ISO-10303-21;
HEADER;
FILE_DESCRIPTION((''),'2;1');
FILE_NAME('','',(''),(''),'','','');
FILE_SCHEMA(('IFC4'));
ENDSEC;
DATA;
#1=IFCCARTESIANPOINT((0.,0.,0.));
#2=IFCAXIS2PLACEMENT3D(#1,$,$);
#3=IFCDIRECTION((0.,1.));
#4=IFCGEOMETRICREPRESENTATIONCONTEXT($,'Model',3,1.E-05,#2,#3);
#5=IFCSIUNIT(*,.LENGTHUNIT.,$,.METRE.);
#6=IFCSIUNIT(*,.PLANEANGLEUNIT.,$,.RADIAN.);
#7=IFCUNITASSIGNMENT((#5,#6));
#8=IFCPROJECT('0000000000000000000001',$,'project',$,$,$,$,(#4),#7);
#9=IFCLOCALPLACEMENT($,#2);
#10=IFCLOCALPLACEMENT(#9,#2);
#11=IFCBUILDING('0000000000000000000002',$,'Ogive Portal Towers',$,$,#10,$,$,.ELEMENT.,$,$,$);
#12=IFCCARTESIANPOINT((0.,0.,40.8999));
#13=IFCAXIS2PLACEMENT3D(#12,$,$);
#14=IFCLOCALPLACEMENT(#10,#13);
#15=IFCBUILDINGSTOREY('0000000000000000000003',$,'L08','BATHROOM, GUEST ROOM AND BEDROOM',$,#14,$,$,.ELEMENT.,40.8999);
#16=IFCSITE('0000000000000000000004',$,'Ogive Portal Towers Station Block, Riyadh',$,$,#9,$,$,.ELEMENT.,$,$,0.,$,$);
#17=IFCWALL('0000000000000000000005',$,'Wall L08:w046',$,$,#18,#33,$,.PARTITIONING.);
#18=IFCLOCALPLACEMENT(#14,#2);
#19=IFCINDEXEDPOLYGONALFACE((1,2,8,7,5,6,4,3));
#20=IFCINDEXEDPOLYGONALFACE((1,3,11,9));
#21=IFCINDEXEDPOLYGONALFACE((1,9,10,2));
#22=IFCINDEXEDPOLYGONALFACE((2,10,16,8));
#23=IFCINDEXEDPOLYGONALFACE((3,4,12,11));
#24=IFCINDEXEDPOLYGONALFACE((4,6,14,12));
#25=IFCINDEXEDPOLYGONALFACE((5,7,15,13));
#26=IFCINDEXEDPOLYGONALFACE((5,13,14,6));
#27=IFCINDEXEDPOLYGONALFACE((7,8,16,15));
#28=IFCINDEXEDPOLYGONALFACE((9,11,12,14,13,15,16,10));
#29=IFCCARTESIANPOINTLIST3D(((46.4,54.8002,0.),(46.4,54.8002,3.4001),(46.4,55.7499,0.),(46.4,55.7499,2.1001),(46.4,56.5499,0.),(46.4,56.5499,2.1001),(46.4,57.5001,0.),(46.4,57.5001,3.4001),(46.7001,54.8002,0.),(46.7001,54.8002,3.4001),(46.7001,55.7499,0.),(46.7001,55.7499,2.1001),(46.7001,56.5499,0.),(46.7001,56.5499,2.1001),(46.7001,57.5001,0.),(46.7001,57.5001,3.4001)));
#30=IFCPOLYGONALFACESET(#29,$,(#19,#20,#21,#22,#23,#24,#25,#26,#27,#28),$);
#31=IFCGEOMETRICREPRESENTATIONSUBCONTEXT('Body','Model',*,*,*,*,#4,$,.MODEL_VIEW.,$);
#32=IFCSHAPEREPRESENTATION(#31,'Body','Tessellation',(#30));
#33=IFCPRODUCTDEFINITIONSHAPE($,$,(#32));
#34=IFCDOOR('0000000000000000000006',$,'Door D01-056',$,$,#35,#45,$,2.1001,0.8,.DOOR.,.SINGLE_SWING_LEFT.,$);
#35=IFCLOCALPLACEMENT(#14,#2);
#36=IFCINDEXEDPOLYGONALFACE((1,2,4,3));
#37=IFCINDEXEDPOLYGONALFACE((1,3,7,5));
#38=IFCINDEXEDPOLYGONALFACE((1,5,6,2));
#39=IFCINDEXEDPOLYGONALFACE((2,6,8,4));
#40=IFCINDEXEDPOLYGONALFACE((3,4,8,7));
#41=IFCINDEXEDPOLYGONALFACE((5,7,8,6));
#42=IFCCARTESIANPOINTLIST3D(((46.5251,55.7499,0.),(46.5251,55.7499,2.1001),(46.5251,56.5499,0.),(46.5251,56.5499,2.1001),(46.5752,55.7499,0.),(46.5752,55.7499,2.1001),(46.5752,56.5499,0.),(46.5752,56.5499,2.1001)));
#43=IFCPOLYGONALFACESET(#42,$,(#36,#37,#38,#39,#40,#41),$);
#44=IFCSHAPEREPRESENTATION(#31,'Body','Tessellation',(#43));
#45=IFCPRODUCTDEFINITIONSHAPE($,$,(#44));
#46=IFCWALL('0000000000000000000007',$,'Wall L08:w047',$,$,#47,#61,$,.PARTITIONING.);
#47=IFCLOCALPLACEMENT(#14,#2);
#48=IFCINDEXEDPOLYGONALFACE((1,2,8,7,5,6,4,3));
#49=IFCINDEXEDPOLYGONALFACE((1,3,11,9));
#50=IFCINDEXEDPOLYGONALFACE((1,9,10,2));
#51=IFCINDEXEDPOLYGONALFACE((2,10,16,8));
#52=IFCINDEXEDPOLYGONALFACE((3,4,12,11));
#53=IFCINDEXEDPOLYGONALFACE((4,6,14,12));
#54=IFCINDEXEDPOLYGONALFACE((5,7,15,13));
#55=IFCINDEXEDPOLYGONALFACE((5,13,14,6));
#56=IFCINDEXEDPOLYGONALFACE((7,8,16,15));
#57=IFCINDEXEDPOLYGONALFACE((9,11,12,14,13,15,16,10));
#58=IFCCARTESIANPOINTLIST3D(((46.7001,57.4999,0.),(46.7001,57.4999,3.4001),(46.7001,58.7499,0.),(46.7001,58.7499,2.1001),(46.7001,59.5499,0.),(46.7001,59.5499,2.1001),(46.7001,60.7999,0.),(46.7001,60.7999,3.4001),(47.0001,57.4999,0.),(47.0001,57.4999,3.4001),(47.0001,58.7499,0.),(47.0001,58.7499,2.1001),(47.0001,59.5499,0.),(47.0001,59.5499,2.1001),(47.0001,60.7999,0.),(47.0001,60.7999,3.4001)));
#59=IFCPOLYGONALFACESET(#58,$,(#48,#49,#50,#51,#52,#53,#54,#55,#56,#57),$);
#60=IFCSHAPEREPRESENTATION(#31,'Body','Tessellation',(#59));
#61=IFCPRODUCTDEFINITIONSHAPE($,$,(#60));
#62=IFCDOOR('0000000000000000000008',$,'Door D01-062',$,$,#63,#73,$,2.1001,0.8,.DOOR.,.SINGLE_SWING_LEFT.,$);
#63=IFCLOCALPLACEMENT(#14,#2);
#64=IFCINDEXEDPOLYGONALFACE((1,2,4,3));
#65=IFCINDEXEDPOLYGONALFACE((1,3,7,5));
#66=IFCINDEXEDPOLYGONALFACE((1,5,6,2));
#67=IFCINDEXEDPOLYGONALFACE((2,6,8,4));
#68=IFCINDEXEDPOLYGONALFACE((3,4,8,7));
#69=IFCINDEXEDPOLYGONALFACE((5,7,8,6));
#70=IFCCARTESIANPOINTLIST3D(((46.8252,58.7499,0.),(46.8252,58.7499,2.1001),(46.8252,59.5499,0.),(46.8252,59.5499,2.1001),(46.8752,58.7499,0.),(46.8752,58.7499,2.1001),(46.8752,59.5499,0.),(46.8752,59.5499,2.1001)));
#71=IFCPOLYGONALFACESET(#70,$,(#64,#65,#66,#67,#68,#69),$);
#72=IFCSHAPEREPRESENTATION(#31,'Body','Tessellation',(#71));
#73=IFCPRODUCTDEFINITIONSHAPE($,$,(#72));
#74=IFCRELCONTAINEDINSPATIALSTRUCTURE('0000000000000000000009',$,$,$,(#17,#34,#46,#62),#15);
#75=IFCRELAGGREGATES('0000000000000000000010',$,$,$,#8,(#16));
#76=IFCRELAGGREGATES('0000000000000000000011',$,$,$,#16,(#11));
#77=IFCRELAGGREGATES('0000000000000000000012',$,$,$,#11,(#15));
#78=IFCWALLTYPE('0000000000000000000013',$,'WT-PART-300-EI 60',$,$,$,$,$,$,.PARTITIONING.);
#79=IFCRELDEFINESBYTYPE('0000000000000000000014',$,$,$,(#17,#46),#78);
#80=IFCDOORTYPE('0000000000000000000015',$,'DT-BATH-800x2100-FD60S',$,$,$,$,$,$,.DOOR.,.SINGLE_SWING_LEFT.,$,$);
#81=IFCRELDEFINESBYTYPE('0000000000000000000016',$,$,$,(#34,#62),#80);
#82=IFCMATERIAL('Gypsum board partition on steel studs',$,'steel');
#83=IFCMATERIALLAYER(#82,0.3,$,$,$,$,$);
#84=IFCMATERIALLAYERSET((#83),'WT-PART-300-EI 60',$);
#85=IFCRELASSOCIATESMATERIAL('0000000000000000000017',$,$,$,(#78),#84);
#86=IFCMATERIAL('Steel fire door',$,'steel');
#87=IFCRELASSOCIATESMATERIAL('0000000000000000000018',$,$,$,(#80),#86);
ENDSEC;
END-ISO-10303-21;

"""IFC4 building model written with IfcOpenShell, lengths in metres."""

from ifc_helpers import new_model, si_unit, direction, frame, frame_2d, origin, place, context, subcontext, project, spatial, rectangle, extrude, material, layer, layer_set, type_object, element, fill, save


model = new_model("IFC4")

# Units and contexts
model_context = context("Model", 3, precision=1e-05, world=origin(), true_north=direction((0.0, 1.0)))
body_context = subcontext(model_context, "Body", "Model", "MODEL_VIEW")
ifc_project = project(units=[si_unit("LENGTHUNIT", "METRE"), si_unit("PLANEANGLEUNIT", "RADIAN")], contexts=[model_context])

# Site, building, storey
site_placement = place(None, origin())
site = spatial("IfcSite", under=ifc_project, at=site_placement, Name="Ogive Portal Towers Station Block, Riyadh", CompositionType="ELEMENT", RefElevation=0.0)
building_placement = place(site_placement, origin())
building = spatial("IfcBuilding", under=site, at=building_placement, Name="Ogive Portal Towers", CompositionType="ELEMENT")
storey_placement = place(building_placement, frame((0.0, 0.0, 40.8999)))
storey = spatial("IfcBuildingStorey", under=building, at=storey_placement, Name="L08", Description="BATHROOM, GUEST ROOM AND BEDROOM", CompositionType="ELEMENT", Elevation=40.8999)

# Walls, openings, doors
ifc_material_1 = material(Name="Gypsum board partition on steel studs", Category="steel")
ifc_layer_1 = layer(ifc_material_1, 0.3)
ifc_layer_set_1 = layer_set([ifc_layer_1], Name="WT-PART-300-EI 60")
wall_type = type_object("IfcWallType", Name="WT-PART-300-EI 60", PredefinedType="PARTITIONING", material=ifc_layer_set_1)
wall_1_placement = place(storey_placement, frame((46.55, 54.8, 0.0), z_axis=(0.0, 0.0, 1.0), x_axis=(0.0, 1.0, 0.0)))
wall_1 = element("IfcWall", 1, at=wall_1_placement, inside=storey, type_object=wall_type, Name="Wall L08:w046", PredefinedType="PARTITIONING", context=body_context, shape_type="SweptSolid", body=[
    extrude(rectangle(XDim=2.7, YDim=0.3, at=frame_2d((1.3501, 0.0))), origin(), (0.0, 0.0, 1.0), 3.4001),
])
opening_1_placement = place(wall_1_placement, frame((0.95, 0.0, 0.0)))
opening_1 = element("IfcOpeningElement", 2, at=opening_1_placement, cuts=wall_1, PredefinedType="OPENING", context=body_context, shape_type="SweptSolid", body=[
    extrude(rectangle(XDim=0.8, YDim=2.1001, at=frame_2d((0.3999, 1.05))), frame((0.0, 0.1602, 0.0), z_axis=(0.0, -1.0, 0.0), x_axis=(1.0, 0.0, 0.0)), (0.0, 0.0, 1.0), 0.3201),
])
ifc_material_2 = material(Name="Steel fire door", Category="steel")
door_type = type_object("IfcDoorType", Name="DT-BATH-800x2100-FD60S", OperationType="SINGLE_SWING_LEFT", PredefinedType="DOOR", material=ifc_material_2)
door_1_placement = place(opening_1_placement, origin())
door_1 = element("IfcDoor", 3, at=door_1_placement, inside=storey, type_object=door_type, Name="Door D01-056", OperationType="SINGLE_SWING_LEFT", OverallHeight=2.1001, OverallWidth=0.8, PredefinedType="DOOR", context=body_context, shape_type="SweptSolid", body=[
    extrude(rectangle(XDim=0.8, YDim=2.1001, at=frame_2d((0.3999, 1.05))), frame((0.0, 0.0249, 0.0), z_axis=(0.0, -1.0, 0.0), x_axis=(1.0, 0.0, 0.0)), (0.0, 0.0, 1.0), 0.05),
])
fill(opening_1, door_1)
wall_2_placement = place(storey_placement, frame((46.8501, 57.5, 0.0), z_axis=(0.0, 0.0, 1.0), x_axis=(0.0, 1.0, 0.0)))
wall_2 = element("IfcWall", 4, at=wall_2_placement, inside=storey, type_object=wall_type, Name="Wall L08:w047", PredefinedType="PARTITIONING", context=body_context, shape_type="SweptSolid", body=[
    extrude(rectangle(XDim=3.3, YDim=0.3, at=frame_2d((1.6499, 0.0))), origin(), (0.0, 0.0, 1.0), 3.4001),
])
opening_2_placement = place(wall_2_placement, frame((1.25, 0.0, 0.0)))
opening_2 = element("IfcOpeningElement", 5, at=opening_2_placement, cuts=wall_2, PredefinedType="OPENING", context=body_context, shape_type="SweptSolid", body=[
    extrude(rectangle(XDim=0.8, YDim=2.1001, at=frame_2d((0.3999, 1.05))), frame((0.0, 0.1602, 0.0), z_axis=(0.0, -1.0, 0.0), x_axis=(1.0, 0.0, 0.0)), (0.0, 0.0, 1.0), 0.3201),
])
door_2_placement = place(opening_2_placement, origin())
door_2 = element("IfcDoor", 6, at=door_2_placement, inside=storey, type_object=door_type, Name="Door D01-062", OperationType="SINGLE_SWING_LEFT", OverallHeight=2.1001, OverallWidth=0.8, PredefinedType="DOOR", context=body_context, shape_type="SweptSolid", body=[
    extrude(rectangle(XDim=0.8, YDim=2.1001, at=frame_2d((0.3999, 1.05))), frame((0.0, 0.0249, 0.0), z_axis=(0.0, -1.0, 0.0), x_axis=(1.0, 0.0, 0.0)), (0.0, 0.0, 1.0), 0.05),
])
fill(opening_2, door_2)

save(model, "model.ifc")
